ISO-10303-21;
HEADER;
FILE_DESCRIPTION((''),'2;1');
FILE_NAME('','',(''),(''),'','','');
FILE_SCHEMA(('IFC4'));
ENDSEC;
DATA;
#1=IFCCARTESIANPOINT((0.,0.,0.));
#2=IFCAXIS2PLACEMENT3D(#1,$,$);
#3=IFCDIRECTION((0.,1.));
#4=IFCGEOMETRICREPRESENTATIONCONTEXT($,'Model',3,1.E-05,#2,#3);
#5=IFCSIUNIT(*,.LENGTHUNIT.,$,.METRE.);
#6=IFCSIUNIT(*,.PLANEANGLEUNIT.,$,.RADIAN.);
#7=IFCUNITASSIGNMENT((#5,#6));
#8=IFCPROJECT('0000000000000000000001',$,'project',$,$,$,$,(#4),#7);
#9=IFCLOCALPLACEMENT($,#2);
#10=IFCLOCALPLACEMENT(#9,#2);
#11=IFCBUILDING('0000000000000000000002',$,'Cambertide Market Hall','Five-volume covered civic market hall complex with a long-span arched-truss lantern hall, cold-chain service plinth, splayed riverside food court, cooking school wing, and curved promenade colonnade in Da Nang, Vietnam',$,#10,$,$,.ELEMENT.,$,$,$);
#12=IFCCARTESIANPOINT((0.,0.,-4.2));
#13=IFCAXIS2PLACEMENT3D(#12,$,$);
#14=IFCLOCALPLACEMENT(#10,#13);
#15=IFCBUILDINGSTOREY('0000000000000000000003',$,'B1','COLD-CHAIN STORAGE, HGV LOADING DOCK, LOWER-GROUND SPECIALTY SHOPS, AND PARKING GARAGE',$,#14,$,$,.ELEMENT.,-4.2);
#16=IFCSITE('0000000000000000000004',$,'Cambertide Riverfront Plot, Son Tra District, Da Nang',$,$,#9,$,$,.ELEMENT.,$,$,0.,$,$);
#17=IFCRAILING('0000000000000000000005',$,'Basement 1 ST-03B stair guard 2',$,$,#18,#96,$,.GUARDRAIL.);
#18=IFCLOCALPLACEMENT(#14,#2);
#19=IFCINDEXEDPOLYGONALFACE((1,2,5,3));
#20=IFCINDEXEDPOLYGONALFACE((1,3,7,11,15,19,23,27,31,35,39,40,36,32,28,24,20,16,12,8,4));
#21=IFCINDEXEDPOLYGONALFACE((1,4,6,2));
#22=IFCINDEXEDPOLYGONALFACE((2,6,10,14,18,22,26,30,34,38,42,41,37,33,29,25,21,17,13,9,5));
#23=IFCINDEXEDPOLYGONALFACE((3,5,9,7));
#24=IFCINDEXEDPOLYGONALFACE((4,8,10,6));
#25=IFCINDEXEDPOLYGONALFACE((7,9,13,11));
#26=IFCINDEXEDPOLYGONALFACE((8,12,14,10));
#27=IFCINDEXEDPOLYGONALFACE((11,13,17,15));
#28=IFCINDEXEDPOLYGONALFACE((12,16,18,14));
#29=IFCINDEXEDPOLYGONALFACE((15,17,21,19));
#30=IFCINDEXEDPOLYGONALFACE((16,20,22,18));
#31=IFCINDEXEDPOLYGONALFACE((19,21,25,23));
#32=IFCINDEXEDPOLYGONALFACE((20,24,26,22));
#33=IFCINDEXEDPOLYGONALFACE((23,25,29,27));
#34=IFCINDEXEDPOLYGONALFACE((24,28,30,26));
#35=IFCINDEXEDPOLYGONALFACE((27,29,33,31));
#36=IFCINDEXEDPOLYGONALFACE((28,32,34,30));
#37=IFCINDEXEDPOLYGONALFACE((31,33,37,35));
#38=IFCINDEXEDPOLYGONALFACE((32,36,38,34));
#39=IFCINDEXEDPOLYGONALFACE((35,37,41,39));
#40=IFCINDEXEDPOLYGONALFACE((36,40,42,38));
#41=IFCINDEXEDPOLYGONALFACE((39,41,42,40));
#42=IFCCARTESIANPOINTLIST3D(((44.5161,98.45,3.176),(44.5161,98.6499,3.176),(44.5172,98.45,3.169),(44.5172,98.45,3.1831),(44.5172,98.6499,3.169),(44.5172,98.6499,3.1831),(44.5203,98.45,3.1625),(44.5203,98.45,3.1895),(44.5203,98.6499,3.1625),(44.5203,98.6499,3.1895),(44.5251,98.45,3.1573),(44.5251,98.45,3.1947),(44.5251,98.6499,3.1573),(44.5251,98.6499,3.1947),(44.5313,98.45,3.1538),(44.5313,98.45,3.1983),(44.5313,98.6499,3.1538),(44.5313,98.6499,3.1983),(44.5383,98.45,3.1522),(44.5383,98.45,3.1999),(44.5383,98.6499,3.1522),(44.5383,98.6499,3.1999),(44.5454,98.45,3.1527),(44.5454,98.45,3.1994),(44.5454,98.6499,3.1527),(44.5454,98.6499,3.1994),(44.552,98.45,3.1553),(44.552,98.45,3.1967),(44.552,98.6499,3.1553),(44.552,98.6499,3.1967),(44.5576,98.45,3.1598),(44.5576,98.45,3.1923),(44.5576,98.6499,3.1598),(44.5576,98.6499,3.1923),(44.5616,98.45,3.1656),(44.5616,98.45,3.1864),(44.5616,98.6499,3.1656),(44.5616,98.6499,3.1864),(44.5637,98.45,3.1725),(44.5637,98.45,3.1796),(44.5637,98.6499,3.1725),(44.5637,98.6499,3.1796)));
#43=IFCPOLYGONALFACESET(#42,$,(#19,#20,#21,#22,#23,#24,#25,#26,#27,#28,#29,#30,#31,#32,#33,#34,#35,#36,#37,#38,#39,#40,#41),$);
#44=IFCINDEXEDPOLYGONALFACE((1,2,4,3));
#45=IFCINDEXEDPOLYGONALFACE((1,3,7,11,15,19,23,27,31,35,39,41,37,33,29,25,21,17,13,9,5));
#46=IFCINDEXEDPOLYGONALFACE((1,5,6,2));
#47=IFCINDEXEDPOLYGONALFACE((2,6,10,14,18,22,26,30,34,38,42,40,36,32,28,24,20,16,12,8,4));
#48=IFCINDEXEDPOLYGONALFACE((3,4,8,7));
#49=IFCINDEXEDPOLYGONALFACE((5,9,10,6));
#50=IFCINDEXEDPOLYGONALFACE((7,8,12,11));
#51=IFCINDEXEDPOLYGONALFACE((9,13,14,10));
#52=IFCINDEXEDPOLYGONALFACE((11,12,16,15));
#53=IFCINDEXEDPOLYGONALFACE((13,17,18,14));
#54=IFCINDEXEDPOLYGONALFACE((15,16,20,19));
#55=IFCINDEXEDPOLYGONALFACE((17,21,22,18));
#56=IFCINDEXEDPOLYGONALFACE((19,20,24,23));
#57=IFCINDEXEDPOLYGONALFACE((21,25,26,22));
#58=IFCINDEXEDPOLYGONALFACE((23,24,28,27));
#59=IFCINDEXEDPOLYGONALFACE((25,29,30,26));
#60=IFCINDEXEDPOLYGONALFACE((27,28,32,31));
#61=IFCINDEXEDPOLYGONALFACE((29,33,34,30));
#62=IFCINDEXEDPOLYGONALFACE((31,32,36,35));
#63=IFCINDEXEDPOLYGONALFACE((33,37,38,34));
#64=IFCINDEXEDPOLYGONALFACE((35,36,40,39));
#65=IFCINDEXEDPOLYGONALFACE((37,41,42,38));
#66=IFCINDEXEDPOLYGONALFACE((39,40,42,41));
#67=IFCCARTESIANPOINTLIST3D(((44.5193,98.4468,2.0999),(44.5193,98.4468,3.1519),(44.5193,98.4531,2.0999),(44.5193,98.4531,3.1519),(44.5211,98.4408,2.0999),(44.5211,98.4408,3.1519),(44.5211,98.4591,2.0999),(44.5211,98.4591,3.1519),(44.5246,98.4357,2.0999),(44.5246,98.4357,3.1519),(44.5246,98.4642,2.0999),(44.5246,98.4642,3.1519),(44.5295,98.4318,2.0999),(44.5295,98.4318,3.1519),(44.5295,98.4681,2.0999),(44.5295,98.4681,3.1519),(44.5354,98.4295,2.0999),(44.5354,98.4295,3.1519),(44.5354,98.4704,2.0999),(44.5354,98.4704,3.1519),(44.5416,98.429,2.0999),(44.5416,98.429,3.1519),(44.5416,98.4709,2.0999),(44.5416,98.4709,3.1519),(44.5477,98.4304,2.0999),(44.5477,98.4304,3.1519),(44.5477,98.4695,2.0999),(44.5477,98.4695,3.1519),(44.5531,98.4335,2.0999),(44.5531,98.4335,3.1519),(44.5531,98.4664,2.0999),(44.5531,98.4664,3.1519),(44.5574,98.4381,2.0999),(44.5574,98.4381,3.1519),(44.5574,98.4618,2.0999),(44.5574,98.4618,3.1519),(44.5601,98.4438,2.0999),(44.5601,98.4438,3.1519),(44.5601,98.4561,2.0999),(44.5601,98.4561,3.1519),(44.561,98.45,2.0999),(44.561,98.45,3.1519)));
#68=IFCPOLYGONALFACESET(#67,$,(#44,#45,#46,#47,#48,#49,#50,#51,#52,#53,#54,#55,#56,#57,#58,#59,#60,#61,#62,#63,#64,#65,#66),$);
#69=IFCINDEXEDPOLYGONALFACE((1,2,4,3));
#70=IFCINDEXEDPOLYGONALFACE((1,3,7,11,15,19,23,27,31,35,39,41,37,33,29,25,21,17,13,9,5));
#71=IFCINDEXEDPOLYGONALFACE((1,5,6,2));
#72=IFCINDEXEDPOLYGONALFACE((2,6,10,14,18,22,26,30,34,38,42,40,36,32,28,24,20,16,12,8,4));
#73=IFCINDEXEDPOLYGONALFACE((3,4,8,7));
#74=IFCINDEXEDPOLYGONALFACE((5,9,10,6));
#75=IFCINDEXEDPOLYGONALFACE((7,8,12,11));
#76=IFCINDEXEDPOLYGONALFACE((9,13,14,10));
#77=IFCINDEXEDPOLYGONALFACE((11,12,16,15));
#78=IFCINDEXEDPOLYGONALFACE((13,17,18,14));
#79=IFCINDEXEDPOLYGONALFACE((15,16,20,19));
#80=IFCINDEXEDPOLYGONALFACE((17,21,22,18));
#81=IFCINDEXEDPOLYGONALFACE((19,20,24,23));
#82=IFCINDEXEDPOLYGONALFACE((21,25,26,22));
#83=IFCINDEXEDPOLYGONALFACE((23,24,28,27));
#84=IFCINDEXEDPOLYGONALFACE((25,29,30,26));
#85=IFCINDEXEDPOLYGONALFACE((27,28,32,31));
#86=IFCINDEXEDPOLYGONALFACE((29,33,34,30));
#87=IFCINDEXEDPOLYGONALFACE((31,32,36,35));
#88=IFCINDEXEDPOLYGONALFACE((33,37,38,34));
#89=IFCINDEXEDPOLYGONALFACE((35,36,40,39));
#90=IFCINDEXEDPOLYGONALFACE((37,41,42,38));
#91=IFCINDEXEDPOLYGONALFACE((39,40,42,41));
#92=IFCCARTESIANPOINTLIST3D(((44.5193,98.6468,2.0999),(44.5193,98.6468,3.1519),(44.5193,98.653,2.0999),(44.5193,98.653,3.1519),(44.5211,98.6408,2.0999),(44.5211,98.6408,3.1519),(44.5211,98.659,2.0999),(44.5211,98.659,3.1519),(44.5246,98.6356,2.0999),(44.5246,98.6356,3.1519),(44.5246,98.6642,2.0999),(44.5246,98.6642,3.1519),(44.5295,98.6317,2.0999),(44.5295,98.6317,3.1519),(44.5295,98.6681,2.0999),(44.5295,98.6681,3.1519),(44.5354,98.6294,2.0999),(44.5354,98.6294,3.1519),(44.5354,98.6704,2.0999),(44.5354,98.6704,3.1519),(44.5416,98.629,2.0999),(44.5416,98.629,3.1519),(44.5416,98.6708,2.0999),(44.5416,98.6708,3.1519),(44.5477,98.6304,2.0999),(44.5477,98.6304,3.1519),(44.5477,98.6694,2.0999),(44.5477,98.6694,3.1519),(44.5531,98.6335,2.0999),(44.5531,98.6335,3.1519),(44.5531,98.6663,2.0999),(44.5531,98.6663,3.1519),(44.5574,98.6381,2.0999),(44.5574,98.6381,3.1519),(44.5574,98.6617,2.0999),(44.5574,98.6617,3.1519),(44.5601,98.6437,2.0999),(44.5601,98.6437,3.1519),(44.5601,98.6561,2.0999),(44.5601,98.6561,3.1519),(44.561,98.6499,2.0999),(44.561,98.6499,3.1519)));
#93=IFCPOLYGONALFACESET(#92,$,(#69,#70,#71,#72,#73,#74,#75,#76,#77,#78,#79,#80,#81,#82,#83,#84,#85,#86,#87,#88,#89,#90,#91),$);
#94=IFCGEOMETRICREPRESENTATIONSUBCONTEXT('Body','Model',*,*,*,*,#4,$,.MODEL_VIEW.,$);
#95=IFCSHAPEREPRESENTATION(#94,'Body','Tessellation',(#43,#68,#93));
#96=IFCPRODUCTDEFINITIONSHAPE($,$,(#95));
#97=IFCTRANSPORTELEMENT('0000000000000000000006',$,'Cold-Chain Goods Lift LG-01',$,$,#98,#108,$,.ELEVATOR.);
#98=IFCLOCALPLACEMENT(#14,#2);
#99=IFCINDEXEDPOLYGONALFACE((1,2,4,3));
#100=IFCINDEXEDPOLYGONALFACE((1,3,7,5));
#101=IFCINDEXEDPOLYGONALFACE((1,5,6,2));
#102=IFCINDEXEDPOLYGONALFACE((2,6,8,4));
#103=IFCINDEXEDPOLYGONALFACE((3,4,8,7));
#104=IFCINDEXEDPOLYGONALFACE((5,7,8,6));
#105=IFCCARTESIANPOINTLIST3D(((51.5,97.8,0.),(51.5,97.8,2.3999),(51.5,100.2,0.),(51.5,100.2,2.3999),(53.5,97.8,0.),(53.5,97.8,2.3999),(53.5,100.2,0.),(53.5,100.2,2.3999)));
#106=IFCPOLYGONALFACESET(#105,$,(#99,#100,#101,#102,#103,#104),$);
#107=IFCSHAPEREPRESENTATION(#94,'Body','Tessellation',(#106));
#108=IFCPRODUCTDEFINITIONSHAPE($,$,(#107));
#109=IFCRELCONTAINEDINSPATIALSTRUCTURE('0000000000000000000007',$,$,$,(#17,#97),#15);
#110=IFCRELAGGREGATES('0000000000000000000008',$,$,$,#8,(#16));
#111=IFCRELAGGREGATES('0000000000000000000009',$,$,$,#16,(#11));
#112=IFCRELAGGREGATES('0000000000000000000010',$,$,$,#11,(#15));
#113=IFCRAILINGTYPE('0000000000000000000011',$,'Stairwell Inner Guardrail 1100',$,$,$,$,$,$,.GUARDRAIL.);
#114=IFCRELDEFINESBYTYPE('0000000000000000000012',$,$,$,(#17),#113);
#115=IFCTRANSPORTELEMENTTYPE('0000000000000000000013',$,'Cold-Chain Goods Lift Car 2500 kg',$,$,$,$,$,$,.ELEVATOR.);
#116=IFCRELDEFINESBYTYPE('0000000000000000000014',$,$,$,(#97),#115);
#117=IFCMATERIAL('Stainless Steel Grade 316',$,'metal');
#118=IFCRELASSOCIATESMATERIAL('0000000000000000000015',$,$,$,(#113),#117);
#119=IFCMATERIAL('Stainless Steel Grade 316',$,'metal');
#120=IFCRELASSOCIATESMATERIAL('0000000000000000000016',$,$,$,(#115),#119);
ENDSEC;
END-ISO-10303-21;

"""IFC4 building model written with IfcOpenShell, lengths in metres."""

from ifc_helpers import new_model, si_unit, direction, frame, origin, origin_2d, place, context, subcontext, project, spatial, rectangle, circle, extrude, material, type_object, element, save


model = new_model("IFC4")

# Units and contexts
model_context = context("Model", 3, precision=1e-05, world=origin(), true_north=direction((0.0, 1.0)))
body_context = subcontext(model_context, "Body", "Model", "MODEL_VIEW")
ifc_project = project(units=[si_unit("LENGTHUNIT", "METRE"), si_unit("PLANEANGLEUNIT", "RADIAN")], contexts=[model_context])

# Site, building, storey
site_placement = place(None, origin())
site = spatial("IfcSite", under=ifc_project, at=site_placement, Name="Cambertide Riverfront Plot, Son Tra District, Da Nang", CompositionType="ELEMENT", RefElevation=0.0)
building_placement = place(site_placement, origin())
building = spatial("IfcBuilding", under=site, at=building_placement, Name="Cambertide Market Hall", Description="Five-volume covered civic market hall complex with a long-span arched-truss lantern hall, cold-chain service plinth, splayed riverside food court, cooking school wing, and curved promenade colonnade in Da Nang, Vietnam", CompositionType="ELEMENT")
storey_placement = place(building_placement, frame((0.0, 0.0, -4.2)))
storey = spatial("IfcBuildingStorey", under=building, at=storey_placement, Name="B1", Description="COLD-CHAIN STORAGE, HGV LOADING DOCK, LOWER-GROUND SPECIALTY SHOPS, AND PARKING GARAGE", CompositionType="ELEMENT", Elevation=-4.2)

# Railing
ifc_material_1 = material(Name="Stainless Steel Grade 316", Category="metal")
railing_type_1 = type_object("IfcRailingType", Name="Stairwell Inner Guardrail 1100", PredefinedType="GUARDRAIL", material=ifc_material_1)
railing_1_placement = place(storey_placement, frame((44.54, 98.45, 2.0999)))
element("IfcRailing", 1, at=railing_1_placement, inside=storey, type_object=railing_type_1, Name="Basement 1 ST-03B stair guard 2", PredefinedType="GUARDRAIL", context=body_context, shape_type="SweptSolid", body=[
    extrude(circle(Radius=0.0239, at=origin_2d()), frame((0.0, 0.0, 1.0762), z_axis=(0.0, 1.0, 0.0), x_axis=(-1.0, 0.0, 0.0)), (0.0, 0.0, 1.0), 0.2),
    extrude(circle(Radius=0.021, at=origin_2d()), origin(), (0.0, 0.0, 1.0), 1.052),
    extrude(circle(Radius=0.021, at=origin_2d()), frame((0.0, 0.2, 0.0)), (0.0, 0.0, 1.0), 1.052),
])

# Transport element
ifc_material_2 = material(Name="Stainless Steel Grade 316", Category="metal")
transport_element_type = type_object("IfcTransportElementType", Name="Cold-Chain Goods Lift Car 2500 kg", PredefinedType="ELEVATOR", material=ifc_material_2)
transport_element_placement = place(storey_placement, frame((52.5, 99.0, 0.0), z_axis=(0.0, 0.0, 1.0), x_axis=(1.0, 0.0, 0.0)))
element("IfcTransportElement", 2, at=transport_element_placement, inside=storey, type_object=transport_element_type, Name="Cold-Chain Goods Lift LG-01", PredefinedType="ELEVATOR", context=body_context, shape_type="SweptSolid", body=[
    extrude(rectangle(XDim=2.0, YDim=2.3999, at=origin_2d()), origin(), (0.0, 0.0, 1.0), 2.3999),
])

save(model, "model.ifc")
